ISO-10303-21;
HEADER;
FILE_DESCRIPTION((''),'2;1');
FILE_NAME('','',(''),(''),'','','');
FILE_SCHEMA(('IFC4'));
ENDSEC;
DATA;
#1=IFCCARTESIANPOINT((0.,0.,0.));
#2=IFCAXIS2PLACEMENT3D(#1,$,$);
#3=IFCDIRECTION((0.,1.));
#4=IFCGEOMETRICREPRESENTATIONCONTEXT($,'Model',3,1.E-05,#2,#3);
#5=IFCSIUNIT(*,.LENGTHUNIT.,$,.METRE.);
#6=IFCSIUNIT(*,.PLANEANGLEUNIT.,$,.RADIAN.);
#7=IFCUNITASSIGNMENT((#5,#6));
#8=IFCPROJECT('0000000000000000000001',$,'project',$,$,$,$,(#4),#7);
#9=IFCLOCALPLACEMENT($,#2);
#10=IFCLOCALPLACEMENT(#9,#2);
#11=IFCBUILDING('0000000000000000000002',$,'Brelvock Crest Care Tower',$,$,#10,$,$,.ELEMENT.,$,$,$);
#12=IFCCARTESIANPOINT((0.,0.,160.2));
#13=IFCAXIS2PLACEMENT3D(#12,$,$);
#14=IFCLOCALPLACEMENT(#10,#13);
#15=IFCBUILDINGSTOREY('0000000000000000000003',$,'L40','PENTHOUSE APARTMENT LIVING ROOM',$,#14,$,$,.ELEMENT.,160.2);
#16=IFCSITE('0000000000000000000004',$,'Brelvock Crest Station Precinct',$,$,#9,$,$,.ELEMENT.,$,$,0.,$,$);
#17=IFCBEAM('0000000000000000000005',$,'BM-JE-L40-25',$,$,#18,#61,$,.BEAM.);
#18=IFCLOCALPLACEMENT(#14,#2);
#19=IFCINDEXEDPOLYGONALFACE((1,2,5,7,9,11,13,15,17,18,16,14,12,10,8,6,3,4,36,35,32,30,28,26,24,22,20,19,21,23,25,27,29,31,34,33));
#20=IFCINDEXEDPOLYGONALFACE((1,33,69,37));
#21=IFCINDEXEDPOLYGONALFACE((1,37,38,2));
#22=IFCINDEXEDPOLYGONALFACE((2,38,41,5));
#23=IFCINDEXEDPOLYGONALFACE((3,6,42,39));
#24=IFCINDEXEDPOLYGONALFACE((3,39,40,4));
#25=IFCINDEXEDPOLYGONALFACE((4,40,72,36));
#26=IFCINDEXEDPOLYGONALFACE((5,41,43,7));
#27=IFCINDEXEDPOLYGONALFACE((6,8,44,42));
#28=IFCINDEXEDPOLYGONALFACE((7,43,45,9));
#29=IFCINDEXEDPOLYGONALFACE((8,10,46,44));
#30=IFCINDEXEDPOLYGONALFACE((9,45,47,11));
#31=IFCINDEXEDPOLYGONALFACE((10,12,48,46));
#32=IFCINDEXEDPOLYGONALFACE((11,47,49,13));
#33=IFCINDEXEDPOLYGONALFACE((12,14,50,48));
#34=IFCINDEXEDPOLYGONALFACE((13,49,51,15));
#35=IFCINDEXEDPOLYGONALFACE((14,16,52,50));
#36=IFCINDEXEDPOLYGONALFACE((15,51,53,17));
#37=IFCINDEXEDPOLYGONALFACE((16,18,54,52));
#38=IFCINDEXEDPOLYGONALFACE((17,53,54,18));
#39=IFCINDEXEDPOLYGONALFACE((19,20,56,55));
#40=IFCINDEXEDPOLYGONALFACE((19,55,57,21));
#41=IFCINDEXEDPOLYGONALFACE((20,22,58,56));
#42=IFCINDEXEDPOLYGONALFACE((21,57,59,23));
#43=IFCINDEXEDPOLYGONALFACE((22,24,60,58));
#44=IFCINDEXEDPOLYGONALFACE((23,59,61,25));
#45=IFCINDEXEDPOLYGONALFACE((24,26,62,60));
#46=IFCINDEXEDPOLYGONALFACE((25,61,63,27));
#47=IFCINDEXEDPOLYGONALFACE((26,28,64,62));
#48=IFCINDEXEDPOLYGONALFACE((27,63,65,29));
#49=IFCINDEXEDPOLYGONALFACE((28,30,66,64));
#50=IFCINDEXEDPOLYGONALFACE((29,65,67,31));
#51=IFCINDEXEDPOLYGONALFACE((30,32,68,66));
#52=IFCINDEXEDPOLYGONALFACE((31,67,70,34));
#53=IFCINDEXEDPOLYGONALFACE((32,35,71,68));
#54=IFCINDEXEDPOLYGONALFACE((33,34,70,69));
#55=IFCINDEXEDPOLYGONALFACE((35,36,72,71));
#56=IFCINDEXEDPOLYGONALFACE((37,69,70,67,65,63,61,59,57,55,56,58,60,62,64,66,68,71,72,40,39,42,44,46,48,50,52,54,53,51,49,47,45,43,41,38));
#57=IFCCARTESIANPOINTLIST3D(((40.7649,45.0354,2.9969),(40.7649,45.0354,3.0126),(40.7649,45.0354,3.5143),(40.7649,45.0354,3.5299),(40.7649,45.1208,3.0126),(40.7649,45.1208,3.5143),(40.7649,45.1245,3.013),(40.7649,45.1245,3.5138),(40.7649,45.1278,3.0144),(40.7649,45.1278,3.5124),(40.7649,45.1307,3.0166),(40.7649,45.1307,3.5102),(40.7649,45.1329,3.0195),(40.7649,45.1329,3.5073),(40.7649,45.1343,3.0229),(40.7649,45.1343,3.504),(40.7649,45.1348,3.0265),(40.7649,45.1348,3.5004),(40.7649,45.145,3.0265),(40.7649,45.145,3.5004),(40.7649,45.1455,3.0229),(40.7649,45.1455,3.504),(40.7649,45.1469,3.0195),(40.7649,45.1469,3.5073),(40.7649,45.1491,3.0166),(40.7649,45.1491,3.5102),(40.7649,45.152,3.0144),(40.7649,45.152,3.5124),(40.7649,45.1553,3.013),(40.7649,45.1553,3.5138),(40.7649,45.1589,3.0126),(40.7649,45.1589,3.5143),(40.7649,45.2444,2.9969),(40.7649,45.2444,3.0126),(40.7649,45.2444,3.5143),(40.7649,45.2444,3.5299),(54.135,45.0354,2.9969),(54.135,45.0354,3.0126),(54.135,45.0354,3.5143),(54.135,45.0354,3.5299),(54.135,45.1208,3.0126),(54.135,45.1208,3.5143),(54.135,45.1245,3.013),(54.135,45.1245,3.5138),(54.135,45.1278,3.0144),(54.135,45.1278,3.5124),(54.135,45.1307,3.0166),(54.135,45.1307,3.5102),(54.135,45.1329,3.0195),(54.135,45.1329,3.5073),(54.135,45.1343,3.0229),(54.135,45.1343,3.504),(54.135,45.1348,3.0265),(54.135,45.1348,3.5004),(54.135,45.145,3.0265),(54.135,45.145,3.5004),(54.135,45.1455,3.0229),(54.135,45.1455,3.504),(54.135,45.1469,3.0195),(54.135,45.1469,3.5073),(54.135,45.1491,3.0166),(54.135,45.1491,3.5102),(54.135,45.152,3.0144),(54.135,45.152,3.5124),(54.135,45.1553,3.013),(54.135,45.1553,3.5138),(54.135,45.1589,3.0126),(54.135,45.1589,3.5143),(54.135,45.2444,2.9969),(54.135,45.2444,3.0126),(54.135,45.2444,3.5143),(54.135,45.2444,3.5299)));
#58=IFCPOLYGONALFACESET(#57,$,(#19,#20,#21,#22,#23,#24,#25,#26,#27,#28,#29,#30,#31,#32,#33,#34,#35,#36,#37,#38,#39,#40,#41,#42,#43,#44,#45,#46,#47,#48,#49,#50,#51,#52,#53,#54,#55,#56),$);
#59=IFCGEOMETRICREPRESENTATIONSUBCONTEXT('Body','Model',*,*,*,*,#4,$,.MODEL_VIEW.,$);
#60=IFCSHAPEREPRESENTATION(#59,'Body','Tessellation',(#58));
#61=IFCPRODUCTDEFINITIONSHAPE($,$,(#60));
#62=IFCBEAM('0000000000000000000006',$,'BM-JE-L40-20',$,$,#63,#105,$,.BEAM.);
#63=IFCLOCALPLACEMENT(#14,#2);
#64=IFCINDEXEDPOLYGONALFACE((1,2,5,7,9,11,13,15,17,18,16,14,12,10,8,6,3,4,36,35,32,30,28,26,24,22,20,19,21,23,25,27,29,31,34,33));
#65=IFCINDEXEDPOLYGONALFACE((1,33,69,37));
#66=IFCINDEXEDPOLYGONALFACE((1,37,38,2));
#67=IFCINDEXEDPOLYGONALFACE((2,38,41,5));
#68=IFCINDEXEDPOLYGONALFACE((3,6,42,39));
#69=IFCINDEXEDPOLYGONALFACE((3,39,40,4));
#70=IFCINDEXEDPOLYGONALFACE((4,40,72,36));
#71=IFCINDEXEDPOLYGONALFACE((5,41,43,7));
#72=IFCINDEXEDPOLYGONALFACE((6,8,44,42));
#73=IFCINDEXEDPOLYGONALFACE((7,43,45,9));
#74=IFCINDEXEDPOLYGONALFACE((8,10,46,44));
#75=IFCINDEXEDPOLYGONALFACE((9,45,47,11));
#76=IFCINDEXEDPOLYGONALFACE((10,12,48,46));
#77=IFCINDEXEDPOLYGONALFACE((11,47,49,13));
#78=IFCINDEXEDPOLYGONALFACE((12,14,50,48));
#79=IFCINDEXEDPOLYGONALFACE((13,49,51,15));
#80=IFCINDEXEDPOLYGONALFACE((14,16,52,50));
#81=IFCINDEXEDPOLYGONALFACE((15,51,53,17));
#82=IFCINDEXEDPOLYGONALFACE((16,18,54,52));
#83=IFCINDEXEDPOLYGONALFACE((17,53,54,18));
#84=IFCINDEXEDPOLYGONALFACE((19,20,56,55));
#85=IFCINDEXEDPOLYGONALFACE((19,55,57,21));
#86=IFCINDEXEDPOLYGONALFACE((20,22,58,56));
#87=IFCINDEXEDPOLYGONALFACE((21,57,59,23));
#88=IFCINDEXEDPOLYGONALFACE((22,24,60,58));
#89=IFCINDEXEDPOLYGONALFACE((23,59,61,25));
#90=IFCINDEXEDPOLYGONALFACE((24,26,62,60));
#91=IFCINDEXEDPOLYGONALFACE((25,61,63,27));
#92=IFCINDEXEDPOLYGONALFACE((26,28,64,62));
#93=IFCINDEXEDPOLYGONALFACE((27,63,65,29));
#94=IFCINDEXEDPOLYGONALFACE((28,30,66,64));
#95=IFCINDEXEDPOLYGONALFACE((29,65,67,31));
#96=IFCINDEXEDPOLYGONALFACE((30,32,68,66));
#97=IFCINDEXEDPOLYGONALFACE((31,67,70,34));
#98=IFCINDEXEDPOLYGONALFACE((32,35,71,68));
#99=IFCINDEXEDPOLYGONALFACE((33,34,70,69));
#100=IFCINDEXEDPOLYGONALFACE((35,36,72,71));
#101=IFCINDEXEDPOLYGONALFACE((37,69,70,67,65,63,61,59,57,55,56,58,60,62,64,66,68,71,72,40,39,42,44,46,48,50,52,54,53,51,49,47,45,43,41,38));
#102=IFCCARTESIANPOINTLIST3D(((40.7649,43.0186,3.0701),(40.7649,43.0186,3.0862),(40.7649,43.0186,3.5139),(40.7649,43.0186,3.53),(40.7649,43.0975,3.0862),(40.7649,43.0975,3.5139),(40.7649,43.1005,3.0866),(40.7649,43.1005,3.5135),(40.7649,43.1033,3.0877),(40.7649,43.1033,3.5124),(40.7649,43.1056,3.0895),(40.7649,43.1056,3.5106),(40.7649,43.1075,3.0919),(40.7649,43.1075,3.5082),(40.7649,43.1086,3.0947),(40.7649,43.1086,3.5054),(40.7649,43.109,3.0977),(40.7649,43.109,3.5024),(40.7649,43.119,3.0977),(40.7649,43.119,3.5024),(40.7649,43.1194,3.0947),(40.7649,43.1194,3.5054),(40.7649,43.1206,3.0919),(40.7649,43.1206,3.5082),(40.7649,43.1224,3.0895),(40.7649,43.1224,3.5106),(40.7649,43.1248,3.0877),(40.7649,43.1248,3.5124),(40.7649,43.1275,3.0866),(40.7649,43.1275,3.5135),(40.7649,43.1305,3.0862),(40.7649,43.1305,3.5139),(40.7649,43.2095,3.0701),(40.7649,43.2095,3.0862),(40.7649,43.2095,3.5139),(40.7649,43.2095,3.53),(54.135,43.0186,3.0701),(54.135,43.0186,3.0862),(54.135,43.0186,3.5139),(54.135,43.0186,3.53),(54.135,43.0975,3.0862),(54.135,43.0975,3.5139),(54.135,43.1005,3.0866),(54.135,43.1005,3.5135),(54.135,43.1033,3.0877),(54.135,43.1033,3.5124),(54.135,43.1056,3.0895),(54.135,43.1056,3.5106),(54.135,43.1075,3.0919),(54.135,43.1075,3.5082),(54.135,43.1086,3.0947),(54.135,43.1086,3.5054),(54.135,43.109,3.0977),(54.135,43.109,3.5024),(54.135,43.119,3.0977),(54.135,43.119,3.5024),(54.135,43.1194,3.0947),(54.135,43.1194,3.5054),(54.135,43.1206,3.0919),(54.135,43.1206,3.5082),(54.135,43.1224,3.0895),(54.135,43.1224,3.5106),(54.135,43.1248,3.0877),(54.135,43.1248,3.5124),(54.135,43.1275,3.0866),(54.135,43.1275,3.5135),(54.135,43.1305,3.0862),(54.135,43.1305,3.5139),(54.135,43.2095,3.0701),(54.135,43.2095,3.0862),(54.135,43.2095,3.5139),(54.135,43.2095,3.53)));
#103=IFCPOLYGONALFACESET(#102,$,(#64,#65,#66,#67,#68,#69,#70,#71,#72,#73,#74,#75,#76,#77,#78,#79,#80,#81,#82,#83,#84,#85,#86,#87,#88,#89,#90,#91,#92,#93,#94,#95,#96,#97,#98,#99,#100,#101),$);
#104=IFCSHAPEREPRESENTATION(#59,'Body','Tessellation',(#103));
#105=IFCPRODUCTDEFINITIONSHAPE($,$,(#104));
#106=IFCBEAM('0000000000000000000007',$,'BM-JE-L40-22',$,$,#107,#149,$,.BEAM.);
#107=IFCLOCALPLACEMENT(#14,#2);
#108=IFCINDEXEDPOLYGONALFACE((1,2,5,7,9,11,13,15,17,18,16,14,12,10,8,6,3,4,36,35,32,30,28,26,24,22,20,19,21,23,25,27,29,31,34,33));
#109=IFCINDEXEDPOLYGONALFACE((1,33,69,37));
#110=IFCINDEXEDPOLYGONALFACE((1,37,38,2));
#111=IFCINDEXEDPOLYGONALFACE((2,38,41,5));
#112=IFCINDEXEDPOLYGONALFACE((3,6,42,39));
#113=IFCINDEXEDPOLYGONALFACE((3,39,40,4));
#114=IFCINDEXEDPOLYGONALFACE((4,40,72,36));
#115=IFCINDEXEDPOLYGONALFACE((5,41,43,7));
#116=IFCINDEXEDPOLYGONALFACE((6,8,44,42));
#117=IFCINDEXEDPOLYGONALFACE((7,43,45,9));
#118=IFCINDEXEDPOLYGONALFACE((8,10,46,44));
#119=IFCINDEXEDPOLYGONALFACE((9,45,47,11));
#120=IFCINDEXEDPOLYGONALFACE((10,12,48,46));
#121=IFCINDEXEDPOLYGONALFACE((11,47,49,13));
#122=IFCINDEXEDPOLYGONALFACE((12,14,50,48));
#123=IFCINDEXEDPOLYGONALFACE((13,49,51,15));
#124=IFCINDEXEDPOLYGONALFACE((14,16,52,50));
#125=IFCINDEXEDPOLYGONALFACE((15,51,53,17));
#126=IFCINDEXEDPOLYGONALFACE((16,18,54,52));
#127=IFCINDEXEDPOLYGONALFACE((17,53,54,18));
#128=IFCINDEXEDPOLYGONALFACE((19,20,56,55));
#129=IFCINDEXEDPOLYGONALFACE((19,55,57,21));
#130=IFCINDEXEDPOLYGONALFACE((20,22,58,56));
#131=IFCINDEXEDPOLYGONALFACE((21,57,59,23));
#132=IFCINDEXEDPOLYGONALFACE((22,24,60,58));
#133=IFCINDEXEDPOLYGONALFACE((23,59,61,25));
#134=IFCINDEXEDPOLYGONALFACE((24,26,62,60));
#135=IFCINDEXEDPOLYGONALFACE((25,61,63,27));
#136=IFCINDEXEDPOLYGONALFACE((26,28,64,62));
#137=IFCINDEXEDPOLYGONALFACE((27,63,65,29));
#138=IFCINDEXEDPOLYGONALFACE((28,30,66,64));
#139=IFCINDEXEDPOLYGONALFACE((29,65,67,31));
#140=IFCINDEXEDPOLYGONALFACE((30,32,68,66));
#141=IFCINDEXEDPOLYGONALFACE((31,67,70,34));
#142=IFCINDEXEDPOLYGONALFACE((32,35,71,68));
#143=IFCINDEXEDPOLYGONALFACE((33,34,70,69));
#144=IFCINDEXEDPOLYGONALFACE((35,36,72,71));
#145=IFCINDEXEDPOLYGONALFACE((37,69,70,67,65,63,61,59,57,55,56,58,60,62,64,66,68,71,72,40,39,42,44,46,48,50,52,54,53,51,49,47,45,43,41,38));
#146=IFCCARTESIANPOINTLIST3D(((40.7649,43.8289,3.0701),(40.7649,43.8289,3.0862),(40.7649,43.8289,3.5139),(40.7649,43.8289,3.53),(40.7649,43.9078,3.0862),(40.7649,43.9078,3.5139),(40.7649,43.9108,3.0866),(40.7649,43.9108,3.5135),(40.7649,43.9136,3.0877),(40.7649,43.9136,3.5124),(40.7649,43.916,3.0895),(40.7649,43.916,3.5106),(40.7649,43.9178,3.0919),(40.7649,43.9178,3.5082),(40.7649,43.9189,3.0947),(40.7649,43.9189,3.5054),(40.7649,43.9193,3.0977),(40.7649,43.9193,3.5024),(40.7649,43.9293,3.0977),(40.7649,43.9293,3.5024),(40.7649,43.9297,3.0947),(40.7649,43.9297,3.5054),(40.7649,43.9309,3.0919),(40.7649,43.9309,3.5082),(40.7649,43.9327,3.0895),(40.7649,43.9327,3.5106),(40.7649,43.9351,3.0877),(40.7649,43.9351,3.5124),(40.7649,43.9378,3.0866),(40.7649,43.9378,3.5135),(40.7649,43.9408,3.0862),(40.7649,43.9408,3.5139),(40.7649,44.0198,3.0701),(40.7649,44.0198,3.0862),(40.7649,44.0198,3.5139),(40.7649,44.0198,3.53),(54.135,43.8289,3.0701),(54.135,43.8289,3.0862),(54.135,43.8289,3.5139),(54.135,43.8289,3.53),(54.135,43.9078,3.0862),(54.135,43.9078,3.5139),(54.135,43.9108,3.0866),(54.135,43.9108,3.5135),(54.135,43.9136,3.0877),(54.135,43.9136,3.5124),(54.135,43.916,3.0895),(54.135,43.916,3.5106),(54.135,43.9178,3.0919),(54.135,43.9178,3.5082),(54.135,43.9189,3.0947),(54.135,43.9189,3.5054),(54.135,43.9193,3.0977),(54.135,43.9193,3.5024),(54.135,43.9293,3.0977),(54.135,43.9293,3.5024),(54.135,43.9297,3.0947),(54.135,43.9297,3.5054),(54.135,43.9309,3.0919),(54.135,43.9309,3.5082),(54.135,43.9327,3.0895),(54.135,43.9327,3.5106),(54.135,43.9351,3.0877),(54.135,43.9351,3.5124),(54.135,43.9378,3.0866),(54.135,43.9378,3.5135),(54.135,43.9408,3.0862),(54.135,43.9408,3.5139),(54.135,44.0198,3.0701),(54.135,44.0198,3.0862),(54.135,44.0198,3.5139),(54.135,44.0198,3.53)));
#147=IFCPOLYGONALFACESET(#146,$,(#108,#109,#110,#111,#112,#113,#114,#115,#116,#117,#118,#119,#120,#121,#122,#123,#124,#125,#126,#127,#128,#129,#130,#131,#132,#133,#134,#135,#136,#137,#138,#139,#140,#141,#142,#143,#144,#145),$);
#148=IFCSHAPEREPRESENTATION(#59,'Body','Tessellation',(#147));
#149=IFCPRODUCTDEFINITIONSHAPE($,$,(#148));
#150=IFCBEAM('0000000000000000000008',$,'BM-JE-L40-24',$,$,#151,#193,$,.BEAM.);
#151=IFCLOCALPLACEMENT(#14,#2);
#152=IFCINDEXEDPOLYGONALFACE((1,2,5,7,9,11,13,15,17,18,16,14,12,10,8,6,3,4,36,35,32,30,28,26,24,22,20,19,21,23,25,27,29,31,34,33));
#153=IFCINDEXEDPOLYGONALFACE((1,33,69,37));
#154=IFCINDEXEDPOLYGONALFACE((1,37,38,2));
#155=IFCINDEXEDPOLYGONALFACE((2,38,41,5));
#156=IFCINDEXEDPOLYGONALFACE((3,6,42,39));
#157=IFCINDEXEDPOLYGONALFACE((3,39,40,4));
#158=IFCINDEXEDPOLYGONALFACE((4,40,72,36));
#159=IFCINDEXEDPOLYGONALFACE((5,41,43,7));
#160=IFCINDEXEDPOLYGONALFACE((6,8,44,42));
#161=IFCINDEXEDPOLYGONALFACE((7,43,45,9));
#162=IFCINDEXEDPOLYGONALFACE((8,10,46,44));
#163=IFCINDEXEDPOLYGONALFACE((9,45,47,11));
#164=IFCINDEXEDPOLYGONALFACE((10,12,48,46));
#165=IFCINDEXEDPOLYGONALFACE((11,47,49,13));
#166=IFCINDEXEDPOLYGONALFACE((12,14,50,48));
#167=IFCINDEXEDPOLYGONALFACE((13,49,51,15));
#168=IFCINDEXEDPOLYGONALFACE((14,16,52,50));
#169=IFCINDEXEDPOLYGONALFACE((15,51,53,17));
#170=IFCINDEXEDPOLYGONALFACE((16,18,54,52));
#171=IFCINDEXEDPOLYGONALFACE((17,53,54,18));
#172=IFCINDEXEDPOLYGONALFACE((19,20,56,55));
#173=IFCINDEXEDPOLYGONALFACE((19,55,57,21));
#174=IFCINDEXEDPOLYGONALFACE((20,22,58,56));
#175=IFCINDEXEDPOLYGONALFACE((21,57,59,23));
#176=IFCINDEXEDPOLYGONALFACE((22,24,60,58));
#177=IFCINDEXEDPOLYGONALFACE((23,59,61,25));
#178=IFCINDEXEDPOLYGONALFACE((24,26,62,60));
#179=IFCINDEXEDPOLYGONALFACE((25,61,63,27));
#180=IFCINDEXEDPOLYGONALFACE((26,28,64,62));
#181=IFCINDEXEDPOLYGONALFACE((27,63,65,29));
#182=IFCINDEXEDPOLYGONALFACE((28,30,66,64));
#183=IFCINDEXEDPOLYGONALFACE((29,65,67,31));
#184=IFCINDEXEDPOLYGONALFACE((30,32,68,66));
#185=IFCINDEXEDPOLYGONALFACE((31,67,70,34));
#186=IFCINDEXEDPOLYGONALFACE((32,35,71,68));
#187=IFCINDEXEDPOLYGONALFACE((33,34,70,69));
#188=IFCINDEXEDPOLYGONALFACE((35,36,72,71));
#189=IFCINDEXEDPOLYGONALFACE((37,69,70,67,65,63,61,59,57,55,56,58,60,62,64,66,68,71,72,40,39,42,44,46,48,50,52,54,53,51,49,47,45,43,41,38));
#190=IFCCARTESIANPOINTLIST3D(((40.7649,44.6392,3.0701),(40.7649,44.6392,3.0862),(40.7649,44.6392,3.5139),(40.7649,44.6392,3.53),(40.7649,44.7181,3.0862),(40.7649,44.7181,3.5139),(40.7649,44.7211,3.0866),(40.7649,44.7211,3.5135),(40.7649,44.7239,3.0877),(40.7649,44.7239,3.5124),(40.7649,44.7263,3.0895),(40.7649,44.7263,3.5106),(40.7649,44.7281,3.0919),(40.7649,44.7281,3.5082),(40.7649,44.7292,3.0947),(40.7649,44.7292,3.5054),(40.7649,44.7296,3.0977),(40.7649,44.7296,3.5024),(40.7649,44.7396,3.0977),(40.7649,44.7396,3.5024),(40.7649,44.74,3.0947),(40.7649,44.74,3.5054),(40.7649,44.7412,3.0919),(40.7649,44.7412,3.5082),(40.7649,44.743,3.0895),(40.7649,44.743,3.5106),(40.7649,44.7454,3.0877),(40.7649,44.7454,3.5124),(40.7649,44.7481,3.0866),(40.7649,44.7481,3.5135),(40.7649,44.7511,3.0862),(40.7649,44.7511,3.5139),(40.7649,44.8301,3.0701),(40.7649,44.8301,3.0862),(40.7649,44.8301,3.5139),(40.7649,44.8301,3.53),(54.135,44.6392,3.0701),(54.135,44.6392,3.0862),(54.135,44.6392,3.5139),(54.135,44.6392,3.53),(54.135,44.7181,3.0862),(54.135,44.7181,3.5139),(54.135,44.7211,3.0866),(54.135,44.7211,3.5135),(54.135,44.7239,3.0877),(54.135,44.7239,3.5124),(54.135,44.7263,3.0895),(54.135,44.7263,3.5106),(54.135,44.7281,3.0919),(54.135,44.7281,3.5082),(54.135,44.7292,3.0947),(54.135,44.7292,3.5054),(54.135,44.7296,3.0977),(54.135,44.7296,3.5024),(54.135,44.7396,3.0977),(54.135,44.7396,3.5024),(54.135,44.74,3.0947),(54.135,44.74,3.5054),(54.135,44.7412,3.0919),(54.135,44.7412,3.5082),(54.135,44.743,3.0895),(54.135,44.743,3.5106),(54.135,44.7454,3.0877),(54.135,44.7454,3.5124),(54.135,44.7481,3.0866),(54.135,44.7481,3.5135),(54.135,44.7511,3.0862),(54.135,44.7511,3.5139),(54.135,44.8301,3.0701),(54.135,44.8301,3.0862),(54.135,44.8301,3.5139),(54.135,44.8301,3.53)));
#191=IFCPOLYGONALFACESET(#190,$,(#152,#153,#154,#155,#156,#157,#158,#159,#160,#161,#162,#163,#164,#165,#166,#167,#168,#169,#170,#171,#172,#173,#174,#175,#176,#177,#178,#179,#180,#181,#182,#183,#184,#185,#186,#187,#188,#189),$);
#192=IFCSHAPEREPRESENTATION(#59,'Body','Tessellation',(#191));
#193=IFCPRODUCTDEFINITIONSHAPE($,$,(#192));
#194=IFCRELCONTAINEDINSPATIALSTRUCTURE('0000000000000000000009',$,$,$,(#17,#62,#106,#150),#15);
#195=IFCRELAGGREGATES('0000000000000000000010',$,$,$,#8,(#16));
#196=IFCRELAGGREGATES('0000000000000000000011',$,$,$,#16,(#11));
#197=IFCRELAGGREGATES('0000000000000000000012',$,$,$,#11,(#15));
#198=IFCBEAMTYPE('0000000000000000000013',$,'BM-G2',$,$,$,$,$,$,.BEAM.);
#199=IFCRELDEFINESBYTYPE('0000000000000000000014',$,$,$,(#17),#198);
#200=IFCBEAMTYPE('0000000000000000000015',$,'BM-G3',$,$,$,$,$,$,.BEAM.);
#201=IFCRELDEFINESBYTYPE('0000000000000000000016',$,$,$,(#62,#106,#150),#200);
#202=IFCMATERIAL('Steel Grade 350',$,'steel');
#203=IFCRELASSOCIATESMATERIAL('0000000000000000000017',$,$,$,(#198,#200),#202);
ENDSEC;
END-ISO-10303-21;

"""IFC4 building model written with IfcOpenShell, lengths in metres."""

from ifc_helpers import new_model, si_unit, direction, frame, origin, origin_2d, place, context, subcontext, project, spatial, i_section, extrude, source, transform, mapped, material, material_profile, profile_set, type_object, element, save


model = new_model("IFC4")

# Units and contexts
model_context = context("Model", 3, precision=1e-05, world=origin(), true_north=direction((0.0, 1.0)))
body_context = subcontext(model_context, "Body", "Model", "MODEL_VIEW")
ifc_project = project(units=[si_unit("LENGTHUNIT", "METRE"), si_unit("PLANEANGLEUNIT", "RADIAN")], contexts=[model_context])

# Site, building, storey
site_placement = place(None, origin())
site = spatial("IfcSite", under=ifc_project, at=site_placement, Name="Brelvock Crest Station Precinct", CompositionType="ELEMENT", RefElevation=0.0)
building_placement = place(site_placement, origin())
building = spatial("IfcBuilding", under=site, at=building_placement, Name="Brelvock Crest Care Tower", CompositionType="ELEMENT")
storey_placement = place(building_placement, frame((0.0, 0.0, 160.2)))
storey = spatial("IfcBuildingStorey", under=building, at=storey_placement, Name="L40", Description="PENTHOUSE APARTMENT LIVING ROOM", CompositionType="ELEMENT", Elevation=160.2)

# Shared definitions
ifc_material_1 = material(Name="Steel Grade 350", Category="steel")

# Beams
ifc_material_profile_1 = material_profile(ifc_material_1, i_section(OverallWidth=0.209, OverallDepth=0.533, WebThickness=0.0103, FlangeThickness=0.0156, FilletRadius=0.0139, at=origin_2d()), Name="530UB92.4")
ifc_profile_set_1 = profile_set([ifc_material_profile_1], Name="Steel Grade 350")
beam_type_1 = type_object("IfcBeamType", Name="BM-G2", PredefinedType="BEAM", material=ifc_profile_set_1)
shared_shape_1 = source(origin(), body_context, "Body", "SweptSolid", [
    extrude(i_section(OverallWidth=0.209, OverallDepth=0.533, WebThickness=0.0103, FlangeThickness=0.0156, FilletRadius=0.0139, at=origin_2d()), origin(), (0.0, 0.0, 1.0), 13.3701),
])
for number, where, z_axis, x_axis, name in (
    (1, (40.7649, 45.1399, 3.2634), (1.0, 0.0, 0.0), (0.0, 1.0, 0.0), "BM-JE-L40-25"),
):
    element("IfcBeam", number, at=place(storey_placement, frame(where, z_axis=z_axis, x_axis=x_axis)), inside=storey, type_object=beam_type_1, Name=name, PredefinedType="BEAM", context=body_context, shape_type="MappedRepresentation", body=[
        mapped(shared_shape_1, transform((0.0, 0.0, 0.0), x_axis=(1.0, 0.0, 0.0), y_axis=(0.0, 1.0, 0.0), z_axis=(0.0, 0.0, 1.0), scale=1.0)),
    ])
ifc_material_profile_2 = material_profile(ifc_material_1, i_section(OverallWidth=0.1909, OverallDepth=0.46, WebThickness=0.01, FlangeThickness=0.0161, FilletRadius=0.0115, at=origin_2d()), Name="460UB82.1")
ifc_profile_set_2 = profile_set([ifc_material_profile_2], Name="Steel Grade 350")
beam_type_2 = type_object("IfcBeamType", Name="BM-G3", PredefinedType="BEAM", material=ifc_profile_set_2)
shared_shape_2 = source(origin(), body_context, "Body", "SweptSolid", [
    extrude(i_section(OverallWidth=0.1909, OverallDepth=0.46, WebThickness=0.01, FlangeThickness=0.0161, FilletRadius=0.0115, at=origin_2d()), origin(), (0.0, 0.0, 1.0), 13.3701),
])
for number, where, z_axis, x_axis, name in (
    (2, (40.7649, 43.114, 3.3), (1.0, 0.0, 0.0), (0.0, 1.0, 0.0), "BM-JE-L40-20"),
    (3, (40.7649, 43.9243, 3.3), (1.0, 0.0, 0.0), (0.0, 1.0, 0.0), "BM-JE-L40-22"),
    (4, (40.7649, 44.7346, 3.3), (1.0, 0.0, 0.0), (0.0, 1.0, 0.0), "BM-JE-L40-24"),
):
    element("IfcBeam", number, at=place(storey_placement, frame(where, z_axis=z_axis, x_axis=x_axis)), inside=storey, type_object=beam_type_2, Name=name, PredefinedType="BEAM", context=body_context, shape_type="MappedRepresentation", body=[
        mapped(shared_shape_2, transform((0.0, 0.0, 0.0), x_axis=(1.0, 0.0, 0.0), y_axis=(0.0, 1.0, 0.0), z_axis=(0.0, 0.0, 1.0), scale=1.0)),
    ])

save(model, "model.ifc")
